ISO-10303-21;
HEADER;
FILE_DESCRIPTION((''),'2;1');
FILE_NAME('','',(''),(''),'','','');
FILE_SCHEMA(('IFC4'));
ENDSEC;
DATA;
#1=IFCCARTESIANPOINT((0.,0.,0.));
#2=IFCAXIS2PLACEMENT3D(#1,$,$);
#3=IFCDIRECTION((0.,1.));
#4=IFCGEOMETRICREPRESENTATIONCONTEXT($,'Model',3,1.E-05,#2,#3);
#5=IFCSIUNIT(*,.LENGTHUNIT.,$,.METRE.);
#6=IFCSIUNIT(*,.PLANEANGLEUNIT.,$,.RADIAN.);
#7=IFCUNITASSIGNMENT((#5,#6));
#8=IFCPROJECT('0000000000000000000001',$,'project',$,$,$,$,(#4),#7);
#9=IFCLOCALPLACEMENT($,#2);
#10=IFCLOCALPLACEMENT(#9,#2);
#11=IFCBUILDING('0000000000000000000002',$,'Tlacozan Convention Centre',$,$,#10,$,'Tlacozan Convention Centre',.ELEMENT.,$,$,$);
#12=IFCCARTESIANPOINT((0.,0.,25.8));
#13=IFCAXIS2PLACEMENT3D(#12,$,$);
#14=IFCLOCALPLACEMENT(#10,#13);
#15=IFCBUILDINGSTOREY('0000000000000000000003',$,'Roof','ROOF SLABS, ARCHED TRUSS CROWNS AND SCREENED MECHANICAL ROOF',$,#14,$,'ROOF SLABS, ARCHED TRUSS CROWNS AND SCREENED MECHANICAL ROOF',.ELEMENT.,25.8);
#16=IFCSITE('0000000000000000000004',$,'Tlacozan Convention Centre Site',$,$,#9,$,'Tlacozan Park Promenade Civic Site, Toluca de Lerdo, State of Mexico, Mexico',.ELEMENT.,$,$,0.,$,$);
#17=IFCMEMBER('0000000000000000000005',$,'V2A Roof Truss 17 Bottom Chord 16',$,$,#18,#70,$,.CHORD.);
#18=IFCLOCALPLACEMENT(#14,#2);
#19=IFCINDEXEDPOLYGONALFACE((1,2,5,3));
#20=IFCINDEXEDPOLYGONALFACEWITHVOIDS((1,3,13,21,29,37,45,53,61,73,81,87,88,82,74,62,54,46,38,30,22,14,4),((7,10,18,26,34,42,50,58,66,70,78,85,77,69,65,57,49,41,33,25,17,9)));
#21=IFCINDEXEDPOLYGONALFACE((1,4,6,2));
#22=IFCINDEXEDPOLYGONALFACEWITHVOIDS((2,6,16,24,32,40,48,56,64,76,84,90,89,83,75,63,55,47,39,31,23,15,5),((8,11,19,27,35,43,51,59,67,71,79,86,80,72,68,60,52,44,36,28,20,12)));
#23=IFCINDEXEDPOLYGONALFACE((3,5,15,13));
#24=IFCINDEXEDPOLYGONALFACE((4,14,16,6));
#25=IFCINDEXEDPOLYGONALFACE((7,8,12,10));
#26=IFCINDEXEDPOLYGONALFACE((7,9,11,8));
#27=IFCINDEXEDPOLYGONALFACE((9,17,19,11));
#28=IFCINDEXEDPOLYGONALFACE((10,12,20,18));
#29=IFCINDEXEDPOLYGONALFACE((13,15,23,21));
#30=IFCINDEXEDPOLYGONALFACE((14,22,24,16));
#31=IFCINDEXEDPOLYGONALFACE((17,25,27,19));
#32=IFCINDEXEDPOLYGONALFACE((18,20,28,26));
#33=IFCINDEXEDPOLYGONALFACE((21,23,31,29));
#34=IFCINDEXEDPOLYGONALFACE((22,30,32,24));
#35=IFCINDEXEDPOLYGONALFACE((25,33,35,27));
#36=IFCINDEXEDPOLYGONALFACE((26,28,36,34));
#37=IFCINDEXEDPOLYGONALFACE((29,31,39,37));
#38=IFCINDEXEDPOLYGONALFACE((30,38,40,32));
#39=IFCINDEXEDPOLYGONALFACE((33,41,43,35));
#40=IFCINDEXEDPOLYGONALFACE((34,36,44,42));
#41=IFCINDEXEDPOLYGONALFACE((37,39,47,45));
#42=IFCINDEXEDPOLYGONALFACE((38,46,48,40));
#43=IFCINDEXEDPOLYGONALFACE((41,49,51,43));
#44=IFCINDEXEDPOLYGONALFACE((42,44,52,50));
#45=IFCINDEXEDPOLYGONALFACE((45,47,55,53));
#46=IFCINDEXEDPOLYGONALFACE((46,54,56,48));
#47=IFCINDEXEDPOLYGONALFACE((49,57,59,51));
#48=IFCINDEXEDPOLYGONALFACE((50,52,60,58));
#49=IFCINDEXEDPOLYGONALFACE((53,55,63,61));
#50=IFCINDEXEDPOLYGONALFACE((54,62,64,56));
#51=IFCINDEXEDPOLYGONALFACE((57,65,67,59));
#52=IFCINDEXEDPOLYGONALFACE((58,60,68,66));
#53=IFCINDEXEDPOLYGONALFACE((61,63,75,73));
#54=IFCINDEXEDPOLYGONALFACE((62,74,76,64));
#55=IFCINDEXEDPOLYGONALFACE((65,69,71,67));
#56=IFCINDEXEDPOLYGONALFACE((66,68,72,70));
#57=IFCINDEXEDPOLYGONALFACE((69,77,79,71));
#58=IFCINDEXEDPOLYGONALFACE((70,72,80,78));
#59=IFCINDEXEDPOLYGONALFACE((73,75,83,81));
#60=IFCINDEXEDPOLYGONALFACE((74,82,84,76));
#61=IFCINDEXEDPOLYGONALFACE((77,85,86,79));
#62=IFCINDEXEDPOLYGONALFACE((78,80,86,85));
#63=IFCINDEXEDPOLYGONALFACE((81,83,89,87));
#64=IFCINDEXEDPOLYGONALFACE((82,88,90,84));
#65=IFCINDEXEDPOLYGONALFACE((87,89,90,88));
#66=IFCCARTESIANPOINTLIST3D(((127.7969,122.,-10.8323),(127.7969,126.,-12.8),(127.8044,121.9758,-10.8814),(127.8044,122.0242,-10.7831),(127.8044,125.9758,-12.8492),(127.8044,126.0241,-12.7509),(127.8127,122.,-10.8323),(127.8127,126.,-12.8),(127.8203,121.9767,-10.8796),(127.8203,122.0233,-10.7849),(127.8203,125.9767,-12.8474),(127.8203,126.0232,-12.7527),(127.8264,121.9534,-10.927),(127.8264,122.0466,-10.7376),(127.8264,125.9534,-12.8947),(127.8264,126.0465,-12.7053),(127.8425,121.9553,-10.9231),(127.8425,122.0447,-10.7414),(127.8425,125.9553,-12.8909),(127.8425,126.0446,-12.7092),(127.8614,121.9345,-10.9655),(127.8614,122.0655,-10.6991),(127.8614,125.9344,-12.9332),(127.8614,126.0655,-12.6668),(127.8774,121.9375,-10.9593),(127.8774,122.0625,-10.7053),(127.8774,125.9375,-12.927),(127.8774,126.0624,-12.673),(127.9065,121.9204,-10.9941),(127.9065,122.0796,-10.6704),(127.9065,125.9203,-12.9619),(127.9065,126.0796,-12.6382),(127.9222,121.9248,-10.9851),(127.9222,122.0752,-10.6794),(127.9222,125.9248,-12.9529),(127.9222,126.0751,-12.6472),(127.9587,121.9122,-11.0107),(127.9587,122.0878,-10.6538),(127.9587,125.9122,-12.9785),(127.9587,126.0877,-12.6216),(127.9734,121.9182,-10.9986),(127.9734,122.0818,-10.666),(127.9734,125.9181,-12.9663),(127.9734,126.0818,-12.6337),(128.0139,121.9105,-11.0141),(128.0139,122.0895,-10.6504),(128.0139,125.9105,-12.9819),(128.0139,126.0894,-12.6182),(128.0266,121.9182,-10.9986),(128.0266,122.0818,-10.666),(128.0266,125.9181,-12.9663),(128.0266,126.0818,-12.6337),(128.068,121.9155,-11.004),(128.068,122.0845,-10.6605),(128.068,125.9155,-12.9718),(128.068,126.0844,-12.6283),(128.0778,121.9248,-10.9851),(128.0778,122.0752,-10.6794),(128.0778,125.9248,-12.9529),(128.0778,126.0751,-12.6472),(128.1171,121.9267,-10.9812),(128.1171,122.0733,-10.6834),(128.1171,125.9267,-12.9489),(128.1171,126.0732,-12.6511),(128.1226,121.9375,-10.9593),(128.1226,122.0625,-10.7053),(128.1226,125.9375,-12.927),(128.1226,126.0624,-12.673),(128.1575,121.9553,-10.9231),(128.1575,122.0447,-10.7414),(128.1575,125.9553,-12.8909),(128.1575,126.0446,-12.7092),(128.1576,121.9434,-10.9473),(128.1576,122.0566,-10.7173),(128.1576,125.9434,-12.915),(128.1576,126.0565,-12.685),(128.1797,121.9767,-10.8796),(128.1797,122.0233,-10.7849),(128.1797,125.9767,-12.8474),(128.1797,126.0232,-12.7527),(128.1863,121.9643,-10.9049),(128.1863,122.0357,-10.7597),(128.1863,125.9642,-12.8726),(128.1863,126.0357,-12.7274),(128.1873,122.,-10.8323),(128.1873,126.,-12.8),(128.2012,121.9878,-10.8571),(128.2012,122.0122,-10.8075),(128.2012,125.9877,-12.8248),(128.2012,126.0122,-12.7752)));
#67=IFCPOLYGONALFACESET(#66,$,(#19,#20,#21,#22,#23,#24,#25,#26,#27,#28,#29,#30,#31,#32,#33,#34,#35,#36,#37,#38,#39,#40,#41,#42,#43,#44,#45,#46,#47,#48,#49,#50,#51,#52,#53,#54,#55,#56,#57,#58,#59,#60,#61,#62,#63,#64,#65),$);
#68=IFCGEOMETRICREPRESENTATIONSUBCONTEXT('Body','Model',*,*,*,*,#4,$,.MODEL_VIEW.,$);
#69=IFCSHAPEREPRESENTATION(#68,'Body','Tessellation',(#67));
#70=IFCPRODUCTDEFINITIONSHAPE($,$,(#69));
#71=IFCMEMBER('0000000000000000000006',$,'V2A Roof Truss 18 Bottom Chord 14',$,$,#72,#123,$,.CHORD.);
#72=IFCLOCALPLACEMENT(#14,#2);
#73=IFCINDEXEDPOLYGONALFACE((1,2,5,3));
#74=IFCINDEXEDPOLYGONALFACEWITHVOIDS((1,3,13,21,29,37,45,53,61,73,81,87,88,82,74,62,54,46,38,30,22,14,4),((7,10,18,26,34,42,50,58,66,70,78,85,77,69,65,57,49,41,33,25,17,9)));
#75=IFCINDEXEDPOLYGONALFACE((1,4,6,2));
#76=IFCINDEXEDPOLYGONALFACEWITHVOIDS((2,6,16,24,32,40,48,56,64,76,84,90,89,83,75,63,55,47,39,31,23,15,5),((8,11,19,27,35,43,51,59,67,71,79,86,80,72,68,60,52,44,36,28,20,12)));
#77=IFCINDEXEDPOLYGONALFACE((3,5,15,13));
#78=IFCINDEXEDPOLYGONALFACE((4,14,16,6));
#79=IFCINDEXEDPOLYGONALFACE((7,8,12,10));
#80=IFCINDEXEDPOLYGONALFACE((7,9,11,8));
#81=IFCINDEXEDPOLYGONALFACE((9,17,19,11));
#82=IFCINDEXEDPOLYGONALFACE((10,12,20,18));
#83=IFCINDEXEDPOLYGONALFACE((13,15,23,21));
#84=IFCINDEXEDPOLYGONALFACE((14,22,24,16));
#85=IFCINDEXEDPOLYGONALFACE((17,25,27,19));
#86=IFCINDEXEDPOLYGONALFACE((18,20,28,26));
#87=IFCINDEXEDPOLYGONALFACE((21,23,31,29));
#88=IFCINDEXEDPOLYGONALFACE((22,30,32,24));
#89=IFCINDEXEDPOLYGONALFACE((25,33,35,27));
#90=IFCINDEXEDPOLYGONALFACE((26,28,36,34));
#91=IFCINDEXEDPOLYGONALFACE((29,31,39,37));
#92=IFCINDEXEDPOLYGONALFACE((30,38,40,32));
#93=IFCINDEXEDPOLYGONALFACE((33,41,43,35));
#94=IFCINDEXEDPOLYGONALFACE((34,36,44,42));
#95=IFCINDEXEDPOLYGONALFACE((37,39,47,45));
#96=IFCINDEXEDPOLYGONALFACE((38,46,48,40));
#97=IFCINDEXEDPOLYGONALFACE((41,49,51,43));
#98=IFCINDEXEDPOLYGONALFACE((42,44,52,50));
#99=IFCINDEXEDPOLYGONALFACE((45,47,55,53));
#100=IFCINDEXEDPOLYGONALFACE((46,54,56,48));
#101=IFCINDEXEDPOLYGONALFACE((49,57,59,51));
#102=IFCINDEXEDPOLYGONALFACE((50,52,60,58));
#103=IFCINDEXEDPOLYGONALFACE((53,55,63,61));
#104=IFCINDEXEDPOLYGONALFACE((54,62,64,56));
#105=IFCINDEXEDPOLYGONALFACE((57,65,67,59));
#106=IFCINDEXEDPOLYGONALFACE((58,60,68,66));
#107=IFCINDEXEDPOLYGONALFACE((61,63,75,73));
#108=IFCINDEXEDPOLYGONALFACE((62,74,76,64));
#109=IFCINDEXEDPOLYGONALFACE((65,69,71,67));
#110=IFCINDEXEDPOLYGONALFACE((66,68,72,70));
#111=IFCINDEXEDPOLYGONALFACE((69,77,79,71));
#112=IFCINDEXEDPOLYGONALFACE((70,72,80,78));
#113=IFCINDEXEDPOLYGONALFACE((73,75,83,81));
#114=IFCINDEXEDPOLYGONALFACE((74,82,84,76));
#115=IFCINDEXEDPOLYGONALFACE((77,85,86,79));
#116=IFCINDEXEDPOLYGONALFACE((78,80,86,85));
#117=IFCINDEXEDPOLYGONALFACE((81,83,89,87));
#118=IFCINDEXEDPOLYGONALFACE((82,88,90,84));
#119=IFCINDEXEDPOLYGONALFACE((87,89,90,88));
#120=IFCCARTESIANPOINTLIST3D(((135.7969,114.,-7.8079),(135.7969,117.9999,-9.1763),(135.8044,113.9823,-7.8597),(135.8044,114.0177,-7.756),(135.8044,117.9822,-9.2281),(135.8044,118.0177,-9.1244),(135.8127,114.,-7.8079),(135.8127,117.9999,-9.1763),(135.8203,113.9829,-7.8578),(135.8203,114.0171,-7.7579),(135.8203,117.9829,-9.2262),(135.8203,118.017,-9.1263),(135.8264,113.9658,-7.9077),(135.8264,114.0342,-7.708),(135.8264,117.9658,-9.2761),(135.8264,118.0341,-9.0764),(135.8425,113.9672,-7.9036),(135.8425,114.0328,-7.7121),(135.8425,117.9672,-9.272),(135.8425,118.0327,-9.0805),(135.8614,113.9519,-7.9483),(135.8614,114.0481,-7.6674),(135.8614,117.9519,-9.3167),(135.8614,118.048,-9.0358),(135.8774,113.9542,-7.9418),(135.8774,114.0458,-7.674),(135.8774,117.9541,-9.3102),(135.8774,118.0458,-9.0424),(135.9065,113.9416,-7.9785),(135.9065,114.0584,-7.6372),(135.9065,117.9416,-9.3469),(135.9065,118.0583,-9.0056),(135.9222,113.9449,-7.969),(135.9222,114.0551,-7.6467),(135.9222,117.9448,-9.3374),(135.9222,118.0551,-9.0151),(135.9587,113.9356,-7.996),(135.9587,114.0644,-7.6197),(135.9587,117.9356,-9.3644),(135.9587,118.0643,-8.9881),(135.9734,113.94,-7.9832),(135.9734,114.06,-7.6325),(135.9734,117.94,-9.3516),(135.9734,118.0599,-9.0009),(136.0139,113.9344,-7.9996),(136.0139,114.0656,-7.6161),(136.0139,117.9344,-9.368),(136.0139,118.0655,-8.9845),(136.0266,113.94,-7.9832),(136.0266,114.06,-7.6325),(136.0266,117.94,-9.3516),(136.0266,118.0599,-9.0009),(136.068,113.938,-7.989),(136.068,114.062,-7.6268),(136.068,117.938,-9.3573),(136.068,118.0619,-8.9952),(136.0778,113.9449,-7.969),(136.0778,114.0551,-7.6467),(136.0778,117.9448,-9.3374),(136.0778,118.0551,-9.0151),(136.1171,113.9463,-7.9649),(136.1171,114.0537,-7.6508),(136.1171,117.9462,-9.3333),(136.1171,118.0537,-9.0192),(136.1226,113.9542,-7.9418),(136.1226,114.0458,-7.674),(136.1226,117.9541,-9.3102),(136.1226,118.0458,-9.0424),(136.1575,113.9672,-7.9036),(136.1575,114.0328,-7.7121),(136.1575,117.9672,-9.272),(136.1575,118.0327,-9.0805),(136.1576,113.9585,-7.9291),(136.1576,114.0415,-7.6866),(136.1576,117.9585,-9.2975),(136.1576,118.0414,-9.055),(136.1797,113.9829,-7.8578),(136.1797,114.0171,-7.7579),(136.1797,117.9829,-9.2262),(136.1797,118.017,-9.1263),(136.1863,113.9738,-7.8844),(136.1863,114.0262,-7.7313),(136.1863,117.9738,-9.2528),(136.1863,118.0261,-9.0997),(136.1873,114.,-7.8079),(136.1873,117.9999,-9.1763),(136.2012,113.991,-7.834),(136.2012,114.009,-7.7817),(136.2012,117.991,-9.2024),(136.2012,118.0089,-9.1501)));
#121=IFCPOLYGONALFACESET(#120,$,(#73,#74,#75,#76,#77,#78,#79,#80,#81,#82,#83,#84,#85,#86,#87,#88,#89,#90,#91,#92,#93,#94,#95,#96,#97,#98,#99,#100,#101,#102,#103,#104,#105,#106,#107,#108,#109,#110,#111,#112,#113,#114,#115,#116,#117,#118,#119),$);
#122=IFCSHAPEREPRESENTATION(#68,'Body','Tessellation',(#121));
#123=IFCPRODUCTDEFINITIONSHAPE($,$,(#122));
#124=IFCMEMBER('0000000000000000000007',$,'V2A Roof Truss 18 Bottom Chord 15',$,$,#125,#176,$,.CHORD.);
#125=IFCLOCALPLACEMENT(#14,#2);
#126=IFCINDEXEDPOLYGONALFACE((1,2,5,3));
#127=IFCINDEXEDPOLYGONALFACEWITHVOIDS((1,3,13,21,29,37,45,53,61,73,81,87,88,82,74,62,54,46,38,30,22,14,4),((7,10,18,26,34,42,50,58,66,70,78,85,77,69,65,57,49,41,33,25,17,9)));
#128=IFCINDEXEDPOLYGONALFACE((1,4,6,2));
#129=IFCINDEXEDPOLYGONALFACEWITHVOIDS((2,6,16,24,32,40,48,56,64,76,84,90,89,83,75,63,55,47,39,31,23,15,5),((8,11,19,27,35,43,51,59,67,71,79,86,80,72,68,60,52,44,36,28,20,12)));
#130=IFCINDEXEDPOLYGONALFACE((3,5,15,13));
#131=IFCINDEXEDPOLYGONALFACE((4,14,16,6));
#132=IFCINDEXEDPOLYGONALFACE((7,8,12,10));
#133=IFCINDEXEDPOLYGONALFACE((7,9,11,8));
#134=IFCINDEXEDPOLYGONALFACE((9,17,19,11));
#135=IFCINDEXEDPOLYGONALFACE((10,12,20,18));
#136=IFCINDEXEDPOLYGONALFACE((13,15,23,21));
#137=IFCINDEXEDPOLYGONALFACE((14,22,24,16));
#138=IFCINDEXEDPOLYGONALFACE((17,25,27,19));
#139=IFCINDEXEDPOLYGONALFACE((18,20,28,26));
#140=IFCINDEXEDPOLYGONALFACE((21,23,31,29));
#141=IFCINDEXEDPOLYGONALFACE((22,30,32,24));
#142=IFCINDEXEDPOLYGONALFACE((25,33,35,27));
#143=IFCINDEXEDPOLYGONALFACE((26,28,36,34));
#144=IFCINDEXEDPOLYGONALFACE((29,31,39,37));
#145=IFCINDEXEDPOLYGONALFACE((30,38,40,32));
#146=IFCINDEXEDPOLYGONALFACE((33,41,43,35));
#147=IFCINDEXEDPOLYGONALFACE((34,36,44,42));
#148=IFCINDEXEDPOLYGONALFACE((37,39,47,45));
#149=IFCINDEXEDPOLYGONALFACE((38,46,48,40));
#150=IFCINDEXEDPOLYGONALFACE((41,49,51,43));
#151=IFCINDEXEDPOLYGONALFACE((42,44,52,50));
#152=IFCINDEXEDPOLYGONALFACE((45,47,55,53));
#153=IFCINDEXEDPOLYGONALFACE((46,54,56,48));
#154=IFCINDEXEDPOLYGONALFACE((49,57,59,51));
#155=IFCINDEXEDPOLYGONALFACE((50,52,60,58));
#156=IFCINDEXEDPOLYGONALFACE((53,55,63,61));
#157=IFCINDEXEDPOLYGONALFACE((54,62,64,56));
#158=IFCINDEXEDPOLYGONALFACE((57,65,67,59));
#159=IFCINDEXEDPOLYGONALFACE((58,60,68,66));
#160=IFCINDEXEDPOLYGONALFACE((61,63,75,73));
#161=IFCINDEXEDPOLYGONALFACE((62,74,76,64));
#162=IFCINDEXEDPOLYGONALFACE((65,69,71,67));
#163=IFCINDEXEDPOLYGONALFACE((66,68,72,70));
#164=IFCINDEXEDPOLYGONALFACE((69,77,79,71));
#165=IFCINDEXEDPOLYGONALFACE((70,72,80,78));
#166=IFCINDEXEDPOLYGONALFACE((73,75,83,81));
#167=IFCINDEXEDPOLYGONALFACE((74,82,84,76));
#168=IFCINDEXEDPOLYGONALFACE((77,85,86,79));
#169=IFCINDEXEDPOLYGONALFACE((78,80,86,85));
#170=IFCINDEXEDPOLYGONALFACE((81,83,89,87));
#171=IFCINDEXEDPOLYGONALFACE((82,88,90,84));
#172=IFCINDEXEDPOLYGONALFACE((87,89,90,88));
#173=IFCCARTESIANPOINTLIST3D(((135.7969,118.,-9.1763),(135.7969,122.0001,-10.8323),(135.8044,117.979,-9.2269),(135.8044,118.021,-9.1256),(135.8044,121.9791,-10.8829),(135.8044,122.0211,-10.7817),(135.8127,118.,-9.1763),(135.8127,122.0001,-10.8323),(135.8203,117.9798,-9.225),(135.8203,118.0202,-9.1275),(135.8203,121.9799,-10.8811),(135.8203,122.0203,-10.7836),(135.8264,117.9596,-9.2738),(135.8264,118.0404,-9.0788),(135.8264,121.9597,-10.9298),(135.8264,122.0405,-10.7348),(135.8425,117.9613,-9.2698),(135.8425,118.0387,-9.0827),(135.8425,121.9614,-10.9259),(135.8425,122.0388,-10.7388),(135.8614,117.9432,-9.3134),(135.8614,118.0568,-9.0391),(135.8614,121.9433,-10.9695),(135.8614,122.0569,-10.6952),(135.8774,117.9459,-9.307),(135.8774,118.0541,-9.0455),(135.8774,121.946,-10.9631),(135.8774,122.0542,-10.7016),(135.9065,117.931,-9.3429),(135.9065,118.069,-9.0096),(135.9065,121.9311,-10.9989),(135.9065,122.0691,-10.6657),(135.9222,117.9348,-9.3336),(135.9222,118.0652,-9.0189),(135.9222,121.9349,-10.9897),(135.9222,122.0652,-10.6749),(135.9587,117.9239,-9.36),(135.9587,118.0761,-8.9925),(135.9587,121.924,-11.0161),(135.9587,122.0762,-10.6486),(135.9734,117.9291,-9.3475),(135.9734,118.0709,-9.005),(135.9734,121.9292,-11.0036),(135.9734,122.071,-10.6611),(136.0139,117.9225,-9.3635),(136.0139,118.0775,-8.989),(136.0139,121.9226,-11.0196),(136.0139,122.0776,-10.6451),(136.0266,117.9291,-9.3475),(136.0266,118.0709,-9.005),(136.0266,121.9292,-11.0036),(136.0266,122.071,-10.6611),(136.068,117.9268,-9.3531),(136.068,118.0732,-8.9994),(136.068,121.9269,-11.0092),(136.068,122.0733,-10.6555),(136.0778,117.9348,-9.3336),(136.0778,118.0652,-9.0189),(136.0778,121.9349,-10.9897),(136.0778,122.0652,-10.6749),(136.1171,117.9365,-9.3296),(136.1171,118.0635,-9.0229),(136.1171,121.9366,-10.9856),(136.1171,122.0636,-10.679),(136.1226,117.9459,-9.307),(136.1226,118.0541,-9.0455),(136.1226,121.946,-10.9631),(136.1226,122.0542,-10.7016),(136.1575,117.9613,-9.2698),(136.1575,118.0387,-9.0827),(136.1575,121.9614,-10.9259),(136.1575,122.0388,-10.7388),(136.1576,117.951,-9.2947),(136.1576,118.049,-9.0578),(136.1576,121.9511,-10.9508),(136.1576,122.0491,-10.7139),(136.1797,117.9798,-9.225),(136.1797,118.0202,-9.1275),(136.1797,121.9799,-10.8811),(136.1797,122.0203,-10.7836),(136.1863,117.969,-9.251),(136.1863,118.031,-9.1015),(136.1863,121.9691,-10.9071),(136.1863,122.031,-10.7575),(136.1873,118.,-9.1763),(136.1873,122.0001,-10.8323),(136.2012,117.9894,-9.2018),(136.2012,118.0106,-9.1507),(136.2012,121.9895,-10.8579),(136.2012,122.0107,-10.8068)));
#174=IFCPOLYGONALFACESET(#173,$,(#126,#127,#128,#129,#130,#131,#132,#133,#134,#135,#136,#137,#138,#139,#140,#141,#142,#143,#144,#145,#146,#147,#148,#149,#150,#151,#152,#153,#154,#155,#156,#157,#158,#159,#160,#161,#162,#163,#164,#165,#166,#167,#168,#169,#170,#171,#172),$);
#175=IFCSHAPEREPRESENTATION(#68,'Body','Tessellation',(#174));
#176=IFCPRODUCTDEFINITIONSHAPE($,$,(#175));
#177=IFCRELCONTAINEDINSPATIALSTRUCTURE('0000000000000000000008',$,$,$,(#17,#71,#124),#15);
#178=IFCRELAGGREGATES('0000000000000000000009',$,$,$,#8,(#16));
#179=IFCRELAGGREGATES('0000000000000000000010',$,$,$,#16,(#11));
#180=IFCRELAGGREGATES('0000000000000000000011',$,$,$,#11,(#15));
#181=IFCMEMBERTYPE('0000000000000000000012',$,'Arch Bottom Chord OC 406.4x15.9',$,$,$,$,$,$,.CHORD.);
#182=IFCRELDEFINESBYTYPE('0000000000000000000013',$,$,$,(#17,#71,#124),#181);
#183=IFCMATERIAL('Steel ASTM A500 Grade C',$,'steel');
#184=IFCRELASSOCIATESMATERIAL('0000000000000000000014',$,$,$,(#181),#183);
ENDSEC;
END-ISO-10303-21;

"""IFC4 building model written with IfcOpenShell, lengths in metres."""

from ifc_helpers import new_model, si_unit, direction, frame, origin, origin_2d, place, context, subcontext, project, spatial, hollow_circle, extrude, material, material_profile, profile_set, type_object, element, save


model = new_model("IFC4")

# Units and contexts
model_context = context("Model", 3, precision=1e-05, world=origin(), true_north=direction((0.0, 1.0)))
body_context = subcontext(model_context, "Body", "Model", "MODEL_VIEW")
ifc_project = project(units=[si_unit("LENGTHUNIT", "METRE"), si_unit("PLANEANGLEUNIT", "RADIAN")], contexts=[model_context])

# Site, building, storey
site_placement = place(None, origin())
site = spatial("IfcSite", under=ifc_project, at=site_placement, Name="Tlacozan Convention Centre Site", LongName="Tlacozan Park Promenade Civic Site, Toluca de Lerdo, State of Mexico, Mexico", CompositionType="ELEMENT", RefElevation=0.0)
building_placement = place(site_placement, origin())
building = spatial("IfcBuilding", under=site, at=building_placement, Name="Tlacozan Convention Centre", LongName="Tlacozan Convention Centre", CompositionType="ELEMENT")
storey_placement = place(building_placement, frame((0.0, 0.0, 25.8)))
storey = spatial("IfcBuildingStorey", under=building, at=storey_placement, Name="Roof", Description="ROOF SLABS, ARCHED TRUSS CROWNS AND SCREENED MECHANICAL ROOF", LongName="ROOF SLABS, ARCHED TRUSS CROWNS AND SCREENED MECHANICAL ROOF", CompositionType="ELEMENT", Elevation=25.8)

# Members
ifc_material_1 = material(Name="Steel ASTM A500 Grade C", Category="steel")
ifc_material_profile_1 = material_profile(ifc_material_1, hollow_circle(Radius=0.2031, WallThickness=0.0159, at=origin_2d()), Name="OC 406.4x15.9")
ifc_profile_set_1 = profile_set([ifc_material_profile_1], Name="Steel ASTM A500 Grade C")
member_type_1 = type_object("IfcMemberType", Name="Arch Bottom Chord OC 406.4x15.9", PredefinedType="CHORD", material=ifc_profile_set_1)
member_1_placement = place(storey_placement, frame((128.0, 122.0, -10.8323), z_axis=(0.0, 0.8973, -0.441421), x_axis=(-1.0, 0.0, 0.0)))
element("IfcMember", 1, at=member_1_placement, inside=storey, type_object=member_type_1, Name="V2A Roof Truss 17 Bottom Chord 16", PredefinedType="CHORD", context=body_context, shape_type="SweptSolid", body=[
    extrude(hollow_circle(Radius=0.2031, WallThickness=0.0159, at=origin_2d()), origin(), (0.0, 0.0, 1.0), 4.4578),
])
member_2_placement = place(storey_placement, frame((136.0, 114.0, -7.8079), z_axis=(0.0, 0.946165, -0.323685), x_axis=(-1.0, 0.0, 0.0)))
element("IfcMember", 2, at=member_2_placement, inside=storey, type_object=member_type_1, Name="V2A Roof Truss 18 Bottom Chord 14", PredefinedType="CHORD", context=body_context, shape_type="SweptSolid", body=[
    extrude(hollow_circle(Radius=0.2031, WallThickness=0.0159, at=origin_2d()), origin(), (0.0, 0.0, 1.0), 4.2275),
])
member_3_placement = place(storey_placement, frame((136.0, 118.0, -9.1763), z_axis=(0.0, 0.923949, -0.382516), x_axis=(-1.0, 0.0, 0.0)))
element("IfcMember", 3, at=member_3_placement, inside=storey, type_object=member_type_1, Name="V2A Roof Truss 18 Bottom Chord 15", PredefinedType="CHORD", context=body_context, shape_type="SweptSolid", body=[
    extrude(hollow_circle(Radius=0.2031, WallThickness=0.0159, at=origin_2d()), origin(), (0.0, 0.0, 1.0), 4.3293),
])

save(model, "model.ifc")
